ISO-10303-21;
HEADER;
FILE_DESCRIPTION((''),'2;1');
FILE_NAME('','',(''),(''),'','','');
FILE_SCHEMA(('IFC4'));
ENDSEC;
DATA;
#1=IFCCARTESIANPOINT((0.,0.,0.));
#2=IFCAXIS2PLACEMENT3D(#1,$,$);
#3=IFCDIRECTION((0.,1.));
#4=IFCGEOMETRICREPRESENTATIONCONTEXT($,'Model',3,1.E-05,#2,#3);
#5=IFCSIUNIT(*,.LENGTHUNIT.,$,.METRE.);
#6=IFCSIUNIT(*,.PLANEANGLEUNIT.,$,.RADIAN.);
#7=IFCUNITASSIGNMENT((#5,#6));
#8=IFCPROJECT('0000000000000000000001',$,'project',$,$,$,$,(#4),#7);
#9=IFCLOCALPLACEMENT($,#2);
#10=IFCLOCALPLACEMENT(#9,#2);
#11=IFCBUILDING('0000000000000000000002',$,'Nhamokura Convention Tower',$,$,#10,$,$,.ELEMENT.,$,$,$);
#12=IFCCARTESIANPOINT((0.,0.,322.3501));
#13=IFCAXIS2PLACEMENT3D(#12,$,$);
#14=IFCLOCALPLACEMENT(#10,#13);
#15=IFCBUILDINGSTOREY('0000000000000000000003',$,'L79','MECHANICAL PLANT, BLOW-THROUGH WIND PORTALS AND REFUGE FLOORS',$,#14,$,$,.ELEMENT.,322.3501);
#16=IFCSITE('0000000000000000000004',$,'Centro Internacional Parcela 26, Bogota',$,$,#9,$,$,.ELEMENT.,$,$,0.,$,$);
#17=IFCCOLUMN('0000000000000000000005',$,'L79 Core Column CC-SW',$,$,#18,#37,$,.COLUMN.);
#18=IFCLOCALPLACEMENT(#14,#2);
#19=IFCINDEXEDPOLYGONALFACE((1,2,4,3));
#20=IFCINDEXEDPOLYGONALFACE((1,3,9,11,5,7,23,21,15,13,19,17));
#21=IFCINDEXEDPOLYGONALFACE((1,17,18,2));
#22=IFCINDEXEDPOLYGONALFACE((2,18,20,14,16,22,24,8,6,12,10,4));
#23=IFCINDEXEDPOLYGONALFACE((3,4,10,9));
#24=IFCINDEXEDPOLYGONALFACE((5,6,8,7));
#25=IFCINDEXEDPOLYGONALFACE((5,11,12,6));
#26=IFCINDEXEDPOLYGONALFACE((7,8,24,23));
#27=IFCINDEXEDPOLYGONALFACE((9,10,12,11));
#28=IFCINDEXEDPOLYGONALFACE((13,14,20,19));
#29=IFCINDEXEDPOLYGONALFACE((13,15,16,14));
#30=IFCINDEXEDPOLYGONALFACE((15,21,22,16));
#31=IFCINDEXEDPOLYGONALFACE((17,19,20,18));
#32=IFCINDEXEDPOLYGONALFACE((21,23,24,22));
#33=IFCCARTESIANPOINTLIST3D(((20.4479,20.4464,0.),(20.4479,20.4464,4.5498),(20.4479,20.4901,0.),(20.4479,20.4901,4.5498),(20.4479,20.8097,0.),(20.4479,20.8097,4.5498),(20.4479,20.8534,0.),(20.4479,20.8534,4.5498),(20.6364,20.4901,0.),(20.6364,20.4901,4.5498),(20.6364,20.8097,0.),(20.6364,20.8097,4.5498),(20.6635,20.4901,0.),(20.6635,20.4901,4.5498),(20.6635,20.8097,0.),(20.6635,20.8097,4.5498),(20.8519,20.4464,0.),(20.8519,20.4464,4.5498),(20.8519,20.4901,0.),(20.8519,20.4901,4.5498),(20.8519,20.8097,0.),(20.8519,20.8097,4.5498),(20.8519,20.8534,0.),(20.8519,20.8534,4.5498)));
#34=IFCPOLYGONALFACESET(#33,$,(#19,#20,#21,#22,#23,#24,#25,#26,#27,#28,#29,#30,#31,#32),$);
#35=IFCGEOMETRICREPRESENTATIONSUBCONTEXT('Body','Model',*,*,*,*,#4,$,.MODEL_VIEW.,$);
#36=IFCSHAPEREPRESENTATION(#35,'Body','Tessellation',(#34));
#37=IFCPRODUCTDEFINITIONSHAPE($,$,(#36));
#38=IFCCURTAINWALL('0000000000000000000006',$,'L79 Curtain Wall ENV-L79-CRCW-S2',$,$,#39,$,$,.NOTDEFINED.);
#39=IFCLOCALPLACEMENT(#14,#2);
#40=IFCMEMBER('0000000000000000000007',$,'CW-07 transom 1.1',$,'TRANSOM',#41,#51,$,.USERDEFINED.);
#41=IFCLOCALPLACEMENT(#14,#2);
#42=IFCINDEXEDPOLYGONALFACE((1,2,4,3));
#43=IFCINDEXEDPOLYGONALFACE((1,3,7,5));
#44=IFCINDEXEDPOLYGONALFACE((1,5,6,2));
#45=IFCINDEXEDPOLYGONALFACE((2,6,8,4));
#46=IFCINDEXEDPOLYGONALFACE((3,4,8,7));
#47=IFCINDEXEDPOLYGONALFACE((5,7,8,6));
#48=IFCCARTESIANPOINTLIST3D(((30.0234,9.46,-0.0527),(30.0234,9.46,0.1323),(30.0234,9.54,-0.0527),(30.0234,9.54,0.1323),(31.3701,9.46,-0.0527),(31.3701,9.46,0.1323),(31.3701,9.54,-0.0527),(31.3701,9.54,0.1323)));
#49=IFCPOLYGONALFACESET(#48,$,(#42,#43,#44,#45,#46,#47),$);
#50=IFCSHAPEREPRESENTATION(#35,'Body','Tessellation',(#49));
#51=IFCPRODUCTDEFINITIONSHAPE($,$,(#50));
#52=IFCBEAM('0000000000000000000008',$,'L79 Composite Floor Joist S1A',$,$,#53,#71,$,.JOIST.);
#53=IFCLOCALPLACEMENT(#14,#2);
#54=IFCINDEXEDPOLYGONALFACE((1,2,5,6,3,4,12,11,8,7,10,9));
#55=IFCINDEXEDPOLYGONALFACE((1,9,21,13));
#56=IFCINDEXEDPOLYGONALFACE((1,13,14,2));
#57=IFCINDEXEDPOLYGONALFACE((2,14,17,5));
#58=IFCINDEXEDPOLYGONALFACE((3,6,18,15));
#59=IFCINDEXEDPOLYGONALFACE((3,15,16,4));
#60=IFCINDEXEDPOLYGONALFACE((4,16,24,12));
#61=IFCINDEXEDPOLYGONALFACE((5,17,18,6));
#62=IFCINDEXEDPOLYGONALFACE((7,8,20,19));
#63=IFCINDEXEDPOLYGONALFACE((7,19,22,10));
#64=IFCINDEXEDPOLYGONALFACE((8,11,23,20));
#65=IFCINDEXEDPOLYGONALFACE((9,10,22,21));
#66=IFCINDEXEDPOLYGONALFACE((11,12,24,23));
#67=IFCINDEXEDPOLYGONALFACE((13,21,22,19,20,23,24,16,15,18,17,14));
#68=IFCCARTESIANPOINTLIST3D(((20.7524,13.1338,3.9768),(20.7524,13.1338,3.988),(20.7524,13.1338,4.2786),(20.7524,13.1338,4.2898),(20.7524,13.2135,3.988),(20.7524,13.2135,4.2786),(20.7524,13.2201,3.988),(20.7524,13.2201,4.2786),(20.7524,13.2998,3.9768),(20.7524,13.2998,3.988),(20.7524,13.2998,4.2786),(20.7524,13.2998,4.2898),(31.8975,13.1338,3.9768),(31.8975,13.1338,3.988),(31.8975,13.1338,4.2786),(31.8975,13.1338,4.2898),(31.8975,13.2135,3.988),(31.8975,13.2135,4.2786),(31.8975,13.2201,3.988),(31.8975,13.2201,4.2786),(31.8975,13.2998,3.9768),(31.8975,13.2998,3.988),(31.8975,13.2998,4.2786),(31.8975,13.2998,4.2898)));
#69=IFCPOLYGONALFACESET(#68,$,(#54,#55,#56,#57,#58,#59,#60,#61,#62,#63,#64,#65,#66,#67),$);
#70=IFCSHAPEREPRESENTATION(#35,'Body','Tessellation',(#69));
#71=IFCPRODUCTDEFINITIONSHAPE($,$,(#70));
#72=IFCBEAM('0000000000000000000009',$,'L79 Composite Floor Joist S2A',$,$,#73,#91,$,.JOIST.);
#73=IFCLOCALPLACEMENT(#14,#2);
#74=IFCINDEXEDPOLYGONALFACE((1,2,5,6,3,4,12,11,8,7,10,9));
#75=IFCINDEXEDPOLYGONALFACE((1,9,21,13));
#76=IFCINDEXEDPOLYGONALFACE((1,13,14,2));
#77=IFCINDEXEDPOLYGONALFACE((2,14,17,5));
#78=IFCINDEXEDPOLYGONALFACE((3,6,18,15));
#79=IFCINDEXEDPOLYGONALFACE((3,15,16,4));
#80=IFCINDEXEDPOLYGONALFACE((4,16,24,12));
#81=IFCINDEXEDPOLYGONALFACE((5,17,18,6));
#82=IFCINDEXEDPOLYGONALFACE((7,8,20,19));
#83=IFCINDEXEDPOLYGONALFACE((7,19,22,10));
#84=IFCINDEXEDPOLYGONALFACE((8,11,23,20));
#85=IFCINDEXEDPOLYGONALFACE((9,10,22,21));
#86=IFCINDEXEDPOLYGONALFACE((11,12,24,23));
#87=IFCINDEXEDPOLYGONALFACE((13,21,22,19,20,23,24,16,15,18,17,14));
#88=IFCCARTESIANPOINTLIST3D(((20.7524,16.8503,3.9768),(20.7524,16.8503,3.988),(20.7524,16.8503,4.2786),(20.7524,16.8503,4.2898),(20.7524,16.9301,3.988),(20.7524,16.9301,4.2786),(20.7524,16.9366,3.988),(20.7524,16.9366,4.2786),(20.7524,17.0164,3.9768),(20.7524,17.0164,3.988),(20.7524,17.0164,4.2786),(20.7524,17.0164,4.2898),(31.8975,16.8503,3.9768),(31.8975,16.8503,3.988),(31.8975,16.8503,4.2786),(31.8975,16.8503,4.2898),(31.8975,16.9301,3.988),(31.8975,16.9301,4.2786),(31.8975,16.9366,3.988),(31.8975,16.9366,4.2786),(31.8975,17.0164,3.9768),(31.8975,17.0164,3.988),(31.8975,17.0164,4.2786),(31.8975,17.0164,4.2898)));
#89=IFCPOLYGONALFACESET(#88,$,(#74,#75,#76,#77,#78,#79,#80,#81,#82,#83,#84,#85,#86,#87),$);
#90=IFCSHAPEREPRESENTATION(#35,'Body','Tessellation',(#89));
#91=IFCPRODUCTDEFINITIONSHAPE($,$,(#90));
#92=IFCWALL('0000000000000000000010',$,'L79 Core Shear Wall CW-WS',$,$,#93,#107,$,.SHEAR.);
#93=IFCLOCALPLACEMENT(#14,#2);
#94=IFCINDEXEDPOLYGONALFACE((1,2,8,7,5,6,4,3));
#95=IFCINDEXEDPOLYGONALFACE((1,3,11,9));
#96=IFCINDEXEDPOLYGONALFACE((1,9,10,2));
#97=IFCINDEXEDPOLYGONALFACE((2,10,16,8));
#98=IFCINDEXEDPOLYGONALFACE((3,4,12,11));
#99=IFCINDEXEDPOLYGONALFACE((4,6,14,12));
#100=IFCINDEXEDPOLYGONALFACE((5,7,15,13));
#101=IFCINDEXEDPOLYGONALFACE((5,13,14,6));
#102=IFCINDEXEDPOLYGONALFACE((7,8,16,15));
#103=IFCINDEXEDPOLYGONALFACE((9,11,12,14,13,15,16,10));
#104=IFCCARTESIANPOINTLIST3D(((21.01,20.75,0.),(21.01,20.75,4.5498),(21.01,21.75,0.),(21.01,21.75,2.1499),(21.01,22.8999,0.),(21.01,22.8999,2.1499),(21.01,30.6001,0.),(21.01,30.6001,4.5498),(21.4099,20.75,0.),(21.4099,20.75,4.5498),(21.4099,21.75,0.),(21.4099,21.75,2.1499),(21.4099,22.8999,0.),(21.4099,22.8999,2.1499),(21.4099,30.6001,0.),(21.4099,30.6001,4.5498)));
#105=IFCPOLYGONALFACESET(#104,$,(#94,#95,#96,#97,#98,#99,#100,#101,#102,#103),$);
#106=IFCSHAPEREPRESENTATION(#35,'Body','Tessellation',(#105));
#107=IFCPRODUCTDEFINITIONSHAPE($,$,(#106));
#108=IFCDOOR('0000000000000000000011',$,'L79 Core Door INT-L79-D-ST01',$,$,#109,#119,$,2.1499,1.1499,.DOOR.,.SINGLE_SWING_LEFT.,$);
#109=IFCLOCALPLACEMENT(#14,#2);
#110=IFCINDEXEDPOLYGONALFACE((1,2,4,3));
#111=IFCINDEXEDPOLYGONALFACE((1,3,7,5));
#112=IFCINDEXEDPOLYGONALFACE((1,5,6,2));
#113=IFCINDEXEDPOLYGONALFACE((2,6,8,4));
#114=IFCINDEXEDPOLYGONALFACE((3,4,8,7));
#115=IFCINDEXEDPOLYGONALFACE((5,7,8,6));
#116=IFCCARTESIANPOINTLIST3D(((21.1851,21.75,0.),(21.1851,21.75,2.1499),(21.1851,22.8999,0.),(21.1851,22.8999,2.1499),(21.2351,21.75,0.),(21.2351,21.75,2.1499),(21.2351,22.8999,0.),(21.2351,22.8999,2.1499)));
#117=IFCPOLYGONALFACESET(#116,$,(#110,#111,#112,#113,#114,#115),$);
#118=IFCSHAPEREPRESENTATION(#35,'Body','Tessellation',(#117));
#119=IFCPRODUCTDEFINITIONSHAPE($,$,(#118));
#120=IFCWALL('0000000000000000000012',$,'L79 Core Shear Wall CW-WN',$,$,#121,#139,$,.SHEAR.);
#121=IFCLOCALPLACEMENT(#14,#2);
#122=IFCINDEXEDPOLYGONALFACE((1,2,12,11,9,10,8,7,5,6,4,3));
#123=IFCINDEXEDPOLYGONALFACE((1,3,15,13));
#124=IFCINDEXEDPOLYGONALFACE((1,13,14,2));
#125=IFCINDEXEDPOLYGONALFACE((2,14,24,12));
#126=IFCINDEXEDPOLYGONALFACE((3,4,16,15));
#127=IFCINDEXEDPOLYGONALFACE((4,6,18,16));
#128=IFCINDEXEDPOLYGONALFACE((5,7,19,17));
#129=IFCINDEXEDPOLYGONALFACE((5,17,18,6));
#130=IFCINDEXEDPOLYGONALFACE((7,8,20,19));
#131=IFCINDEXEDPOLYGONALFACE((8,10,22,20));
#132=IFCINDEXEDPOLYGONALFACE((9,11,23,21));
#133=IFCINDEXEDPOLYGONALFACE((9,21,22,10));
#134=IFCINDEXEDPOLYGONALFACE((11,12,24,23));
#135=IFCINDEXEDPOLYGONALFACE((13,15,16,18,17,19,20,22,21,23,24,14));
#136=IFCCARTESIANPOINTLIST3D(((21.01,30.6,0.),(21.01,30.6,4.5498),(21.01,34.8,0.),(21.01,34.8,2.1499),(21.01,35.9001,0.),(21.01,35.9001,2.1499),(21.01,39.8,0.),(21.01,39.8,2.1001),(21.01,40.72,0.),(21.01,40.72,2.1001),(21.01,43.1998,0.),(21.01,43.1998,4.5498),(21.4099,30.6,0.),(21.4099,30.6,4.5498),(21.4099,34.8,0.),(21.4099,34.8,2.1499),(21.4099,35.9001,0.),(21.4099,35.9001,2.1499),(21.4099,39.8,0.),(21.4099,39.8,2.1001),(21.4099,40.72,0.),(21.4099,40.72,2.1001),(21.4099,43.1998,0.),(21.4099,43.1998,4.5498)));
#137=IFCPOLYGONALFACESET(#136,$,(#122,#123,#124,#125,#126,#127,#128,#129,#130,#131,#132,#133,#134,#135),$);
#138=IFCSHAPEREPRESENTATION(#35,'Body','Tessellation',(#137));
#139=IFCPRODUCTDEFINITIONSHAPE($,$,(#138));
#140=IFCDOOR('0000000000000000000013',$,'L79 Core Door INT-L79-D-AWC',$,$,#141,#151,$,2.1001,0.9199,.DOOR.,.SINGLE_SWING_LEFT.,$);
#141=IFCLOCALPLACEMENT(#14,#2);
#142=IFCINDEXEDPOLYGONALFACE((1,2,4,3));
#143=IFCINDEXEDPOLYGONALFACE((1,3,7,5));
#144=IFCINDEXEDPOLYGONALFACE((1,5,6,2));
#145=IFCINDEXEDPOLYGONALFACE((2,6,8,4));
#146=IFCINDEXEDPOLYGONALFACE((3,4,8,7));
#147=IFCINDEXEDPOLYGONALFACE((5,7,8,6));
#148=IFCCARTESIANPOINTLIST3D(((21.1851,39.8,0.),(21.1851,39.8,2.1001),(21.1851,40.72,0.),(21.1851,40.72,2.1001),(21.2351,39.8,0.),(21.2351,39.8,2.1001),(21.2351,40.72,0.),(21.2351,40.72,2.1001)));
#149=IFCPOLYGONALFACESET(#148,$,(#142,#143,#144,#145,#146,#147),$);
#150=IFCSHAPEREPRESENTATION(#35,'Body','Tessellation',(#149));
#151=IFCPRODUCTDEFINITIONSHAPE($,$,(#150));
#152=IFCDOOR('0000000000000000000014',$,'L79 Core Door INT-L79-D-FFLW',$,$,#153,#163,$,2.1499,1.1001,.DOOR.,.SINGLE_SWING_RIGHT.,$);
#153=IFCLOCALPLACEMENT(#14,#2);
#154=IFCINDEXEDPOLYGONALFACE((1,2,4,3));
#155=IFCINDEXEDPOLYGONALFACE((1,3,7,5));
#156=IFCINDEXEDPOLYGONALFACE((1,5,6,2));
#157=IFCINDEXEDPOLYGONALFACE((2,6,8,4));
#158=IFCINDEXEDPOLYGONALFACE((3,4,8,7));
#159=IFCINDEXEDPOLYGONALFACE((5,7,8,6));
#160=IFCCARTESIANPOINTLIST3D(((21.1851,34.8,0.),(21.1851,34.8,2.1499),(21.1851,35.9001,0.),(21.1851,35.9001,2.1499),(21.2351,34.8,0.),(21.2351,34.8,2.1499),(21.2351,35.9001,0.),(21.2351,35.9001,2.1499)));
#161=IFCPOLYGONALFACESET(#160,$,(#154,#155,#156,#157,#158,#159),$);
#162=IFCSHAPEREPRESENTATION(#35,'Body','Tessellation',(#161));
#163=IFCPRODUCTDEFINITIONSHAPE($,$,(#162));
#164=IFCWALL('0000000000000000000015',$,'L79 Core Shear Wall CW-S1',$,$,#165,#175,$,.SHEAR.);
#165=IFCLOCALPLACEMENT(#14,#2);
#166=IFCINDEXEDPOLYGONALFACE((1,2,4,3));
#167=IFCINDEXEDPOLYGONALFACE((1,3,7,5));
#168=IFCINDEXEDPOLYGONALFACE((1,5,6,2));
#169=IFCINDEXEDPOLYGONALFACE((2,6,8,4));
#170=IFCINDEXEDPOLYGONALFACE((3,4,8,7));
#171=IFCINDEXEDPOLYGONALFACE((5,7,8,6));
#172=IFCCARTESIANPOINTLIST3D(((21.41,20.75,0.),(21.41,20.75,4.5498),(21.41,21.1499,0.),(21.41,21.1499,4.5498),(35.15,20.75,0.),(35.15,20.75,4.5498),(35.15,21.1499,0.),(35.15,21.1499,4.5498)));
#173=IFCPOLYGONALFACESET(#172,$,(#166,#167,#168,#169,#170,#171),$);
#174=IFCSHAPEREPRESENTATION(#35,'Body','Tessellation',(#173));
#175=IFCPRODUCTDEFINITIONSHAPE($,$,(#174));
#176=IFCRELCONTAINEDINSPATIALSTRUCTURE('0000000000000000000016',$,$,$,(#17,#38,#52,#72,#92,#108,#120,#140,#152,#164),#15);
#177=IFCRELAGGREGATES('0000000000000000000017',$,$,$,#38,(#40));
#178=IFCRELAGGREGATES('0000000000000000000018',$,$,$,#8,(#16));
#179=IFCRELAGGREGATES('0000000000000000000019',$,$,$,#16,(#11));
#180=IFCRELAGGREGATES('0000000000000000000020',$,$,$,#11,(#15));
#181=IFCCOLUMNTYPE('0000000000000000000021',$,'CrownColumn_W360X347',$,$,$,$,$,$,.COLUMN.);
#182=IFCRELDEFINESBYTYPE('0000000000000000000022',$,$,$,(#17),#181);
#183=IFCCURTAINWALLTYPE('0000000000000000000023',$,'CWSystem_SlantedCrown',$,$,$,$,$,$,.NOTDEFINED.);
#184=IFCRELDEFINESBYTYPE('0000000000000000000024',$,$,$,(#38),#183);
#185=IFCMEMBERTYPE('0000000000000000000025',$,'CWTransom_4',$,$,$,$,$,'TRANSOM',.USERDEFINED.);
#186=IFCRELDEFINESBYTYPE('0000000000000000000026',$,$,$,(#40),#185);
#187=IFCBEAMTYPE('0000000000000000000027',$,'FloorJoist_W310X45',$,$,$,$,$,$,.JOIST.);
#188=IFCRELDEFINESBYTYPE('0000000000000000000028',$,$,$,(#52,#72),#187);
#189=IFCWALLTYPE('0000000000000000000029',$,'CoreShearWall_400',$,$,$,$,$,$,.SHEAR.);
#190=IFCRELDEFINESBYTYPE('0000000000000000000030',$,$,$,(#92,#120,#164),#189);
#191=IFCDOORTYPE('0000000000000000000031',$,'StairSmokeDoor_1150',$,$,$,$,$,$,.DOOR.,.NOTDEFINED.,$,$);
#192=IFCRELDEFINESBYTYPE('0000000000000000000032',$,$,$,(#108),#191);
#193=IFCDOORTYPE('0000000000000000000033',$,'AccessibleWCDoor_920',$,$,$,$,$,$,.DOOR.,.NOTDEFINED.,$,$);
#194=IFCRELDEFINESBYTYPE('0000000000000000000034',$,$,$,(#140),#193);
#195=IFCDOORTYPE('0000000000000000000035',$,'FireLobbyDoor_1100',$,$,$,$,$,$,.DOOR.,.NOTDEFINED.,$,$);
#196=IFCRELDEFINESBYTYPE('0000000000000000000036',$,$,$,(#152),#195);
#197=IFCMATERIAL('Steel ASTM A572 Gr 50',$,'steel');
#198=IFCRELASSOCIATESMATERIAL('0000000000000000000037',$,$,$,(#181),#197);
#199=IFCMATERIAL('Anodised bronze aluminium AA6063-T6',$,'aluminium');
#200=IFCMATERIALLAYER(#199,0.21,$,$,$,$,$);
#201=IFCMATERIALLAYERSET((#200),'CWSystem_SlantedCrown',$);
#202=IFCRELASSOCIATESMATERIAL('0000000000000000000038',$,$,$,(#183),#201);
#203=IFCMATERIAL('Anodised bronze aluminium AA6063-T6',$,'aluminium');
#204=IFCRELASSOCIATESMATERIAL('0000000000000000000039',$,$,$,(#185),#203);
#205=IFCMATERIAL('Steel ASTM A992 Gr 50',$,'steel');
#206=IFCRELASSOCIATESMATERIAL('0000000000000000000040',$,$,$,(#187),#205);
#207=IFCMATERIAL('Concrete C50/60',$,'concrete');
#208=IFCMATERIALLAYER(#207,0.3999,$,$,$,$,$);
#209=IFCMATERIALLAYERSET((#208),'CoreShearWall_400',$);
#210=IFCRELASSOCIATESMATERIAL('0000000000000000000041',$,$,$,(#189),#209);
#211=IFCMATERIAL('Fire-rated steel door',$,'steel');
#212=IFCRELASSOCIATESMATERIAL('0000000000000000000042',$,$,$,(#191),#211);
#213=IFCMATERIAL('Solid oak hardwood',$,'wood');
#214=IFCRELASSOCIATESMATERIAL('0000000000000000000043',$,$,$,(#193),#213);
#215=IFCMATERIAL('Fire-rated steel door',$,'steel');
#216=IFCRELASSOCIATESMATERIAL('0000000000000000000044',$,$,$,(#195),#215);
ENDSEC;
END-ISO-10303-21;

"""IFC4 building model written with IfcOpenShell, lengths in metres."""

from ifc_helpers import new_model, si_unit, direction, frame, frame_2d, origin, origin_2d, place, context, subcontext, project, spatial, rectangle, i_section, extrude, material, layer, layer_set, material_profile, profile_set, type_object, element, fill, aggregate, save


model = new_model("IFC4")

# Units and contexts
model_context = context("Model", 3, precision=1e-05, world=origin(), true_north=direction((0.0, 1.0)))
body_context = subcontext(model_context, "Body", "Model", "MODEL_VIEW")
ifc_project = project(units=[si_unit("LENGTHUNIT", "METRE"), si_unit("PLANEANGLEUNIT", "RADIAN")], contexts=[model_context])

# Site, building, storey
site_placement = place(None, origin())
site = spatial("IfcSite", under=ifc_project, at=site_placement, Name="Centro Internacional Parcela 26, Bogota", CompositionType="ELEMENT", RefElevation=0.0)
building_placement = place(site_placement, origin())
building = spatial("IfcBuilding", under=site, at=building_placement, Name="Nhamokura Convention Tower", CompositionType="ELEMENT")
storey_placement = place(building_placement, frame((0.0, 0.0, 322.3501)))
storey = spatial("IfcBuildingStorey", under=building, at=storey_placement, Name="L79", Description="MECHANICAL PLANT, BLOW-THROUGH WIND PORTALS AND REFUGE FLOORS", CompositionType="ELEMENT", Elevation=322.3501)

# Column
ifc_material_1 = material(Name="Steel ASTM A572 Gr 50", Category="steel")
ifc_material_profile_1 = material_profile(ifc_material_1, i_section(OverallWidth=0.4041, OverallDepth=0.407, WebThickness=0.0271, FlangeThickness=0.0437, at=origin_2d()))
ifc_profile_set_1 = profile_set([ifc_material_profile_1], Name="Steel ASTM A572 Gr 50")
column_type = type_object("IfcColumnType", Name="CrownColumn_W360X347", PredefinedType="COLUMN", material=ifc_profile_set_1)
column_placement = place(storey_placement, frame((20.6499, 20.6499, 0.0), z_axis=(0.0, 0.0, 1.0), x_axis=(1.0, 0.0, 0.0)))
element("IfcColumn", 1, at=column_placement, inside=storey, type_object=column_type, Name="L79 Core Column CC-SW", PredefinedType="COLUMN", context=body_context, shape_type="SweptSolid", body=[
    extrude(i_section(OverallWidth=0.4041, OverallDepth=0.407, WebThickness=0.0271, FlangeThickness=0.0437, at=origin_2d()), origin(), (0.0, 0.0, 1.0), 4.5498),
])

# Curtain wall, member
ifc_material_2 = material(Name="Anodised bronze aluminium AA6063-T6", Category="aluminium")
ifc_layer_1 = layer(ifc_material_2, 0.21)
ifc_layer_set_1 = layer_set([ifc_layer_1], Name="CWSystem_SlantedCrown")
curtain_wall_type = type_object("IfcCurtainWallType", Name="CWSystem_SlantedCrown", PredefinedType="NOTDEFINED", material=ifc_layer_set_1)
curtain_wall_placement = place(storey_placement, origin())
curtain_wall = element("IfcCurtainWall", 2, at=curtain_wall_placement, inside=storey, type_object=curtain_wall_type, Name="L79 Curtain Wall ENV-L79-CRCW-S2", PredefinedType="NOTDEFINED")
ifc_material_3 = material(Name="Anodised bronze aluminium AA6063-T6", Category="aluminium")
ifc_material_profile_2 = material_profile(ifc_material_3, rectangle(XDim=0.0801, YDim=0.1851, at=origin_2d()))
ifc_profile_set_2 = profile_set([ifc_material_profile_2], Name="Anodised bronze aluminium AA6063-T6")
member_type = type_object("IfcMemberType", Name="CWTransom_4", ElementType="TRANSOM", PredefinedType="USERDEFINED", material=ifc_profile_set_2)
member_placement = place(storey_placement, frame((31.3701, 9.5, 0.0398), z_axis=(-1.0, 0.0, 0.0), x_axis=(0.0, -1.0, 0.0)))
member = element("IfcMember", 3, at=member_placement, type_object=member_type, Name="CW-07 transom 1.1", ObjectType="TRANSOM", PredefinedType="USERDEFINED", context=body_context, shape_type="SweptSolid", body=[
    extrude(rectangle(XDim=0.0801, YDim=0.1851, at=origin_2d()), origin(), (0.0, 0.0, 1.0), 1.3467),
])
aggregate(curtain_wall, [member])

# Beams
ifc_material_4 = material(Name="Steel ASTM A992 Gr 50", Category="steel")
ifc_material_profile_3 = material_profile(ifc_material_4, i_section(OverallWidth=0.166, OverallDepth=0.313, WebThickness=0.0066, FlangeThickness=0.0112, at=origin_2d()))
ifc_profile_set_3 = profile_set([ifc_material_profile_3], Name="Steel ASTM A992 Gr 50")
beam_type = type_object("IfcBeamType", Name="FloorJoist_W310X45", PredefinedType="JOIST", material=ifc_profile_set_3)
for number, where, z_axis, x_axis, name in (
    (4, (20.7524, 13.2168, 4.1333), (1.0, 0.0, 0.0), (0.0, 1.0, 0.0), "L79 Composite Floor Joist S1A"),
    (5, (20.7524, 16.9333, 4.1333), (1.0, 0.0, 0.0), (0.0, 1.0, 0.0), "L79 Composite Floor Joist S2A"),
):
    element("IfcBeam", number, at=place(storey_placement, frame(where, z_axis=z_axis, x_axis=x_axis)), inside=storey, type_object=beam_type, Name=name, PredefinedType="JOIST", context=body_context, shape_type="SweptSolid", body=[
        extrude(i_section(OverallWidth=0.166, OverallDepth=0.313, WebThickness=0.0066, FlangeThickness=0.0112, at=origin_2d()), origin(), (0.0, 0.0, 1.0), 11.145),
    ])

# Wall, opening, door
ifc_material_5 = material(Name="Concrete C50/60", Category="concrete")
ifc_layer_2 = layer(ifc_material_5, 0.3999)
ifc_layer_set_2 = layer_set([ifc_layer_2], Name="CoreShearWall_400")
wall_type_1 = type_object("IfcWallType", Name="CoreShearWall_400", PredefinedType="SHEAR", material=ifc_layer_set_2)
wall_1_placement = place(storey_placement, frame((21.21, 20.75, 0.0), z_axis=(0.0, 0.0, 1.0), x_axis=(0.0, 1.0, 0.0)))
wall_1 = element("IfcWall", 6, at=wall_1_placement, inside=storey, type_object=wall_type_1, Name="L79 Core Shear Wall CW-WS", PredefinedType="SHEAR", context=body_context, shape_type="SweptSolid", body=[
    extrude(rectangle(XDim=9.8501, YDim=0.3999, at=frame_2d((4.925, 0.0))), origin(), (0.0, 0.0, 1.0), 4.5498),
])
opening_1_placement = place(wall_1_placement, frame((1.0, 0.0, 0.0)))
opening_1 = element("IfcOpeningElement", 7, at=opening_1_placement, cuts=wall_1, PredefinedType="OPENING", context=body_context, shape_type="SweptSolid", body=[
    extrude(rectangle(XDim=1.1499, YDim=2.1499, at=frame_2d((0.575, 1.075))), frame((0.0, 0.21, 0.0), z_axis=(0.0, -1.0, 0.0), x_axis=(1.0, 0.0, 0.0)), (0.0, 0.0, 1.0), 0.4199),
])
ifc_material_6 = material(Name="Fire-rated steel door", Category="steel")
door_type_1 = type_object("IfcDoorType", Name="StairSmokeDoor_1150", OperationType="NOTDEFINED", PredefinedType="DOOR", material=ifc_material_6)
door_1_placement = place(opening_1_placement, origin())
door_1 = element("IfcDoor", 8, at=door_1_placement, inside=storey, type_object=door_type_1, Name="L79 Core Door INT-L79-D-ST01", OperationType="SINGLE_SWING_LEFT", OverallHeight=2.1499, OverallWidth=1.1499, PredefinedType="DOOR", context=body_context, shape_type="SweptSolid", body=[
    extrude(rectangle(XDim=1.1499, YDim=2.1499, at=frame_2d((0.575, 1.075))), frame((0.0, 0.0249, 0.0), z_axis=(0.0, -1.0, 0.0), x_axis=(1.0, 0.0, 0.0)), (0.0, 0.0, 1.0), 0.05),
])
fill(opening_1, door_1)

# Wall, openings, doors
wall_2_placement = place(storey_placement, frame((21.21, 30.6001, 0.0), z_axis=(0.0, 0.0, 1.0), x_axis=(0.0, 1.0, 0.0)))
wall_2 = element("IfcWall", 9, at=wall_2_placement, inside=storey, type_object=wall_type_1, Name="L79 Core Shear Wall CW-WN", PredefinedType="SHEAR", context=body_context, shape_type="SweptSolid", body=[
    extrude(rectangle(XDim=12.5999, YDim=0.3999, at=frame_2d((6.2998, 0.0))), origin(), (0.0, 0.0, 1.0), 4.5498),
])
opening_2_placement = place(wall_2_placement, frame((4.2, 0.0, 0.0)))
opening_2 = element("IfcOpeningElement", 10, at=opening_2_placement, cuts=wall_2, PredefinedType="OPENING", context=body_context, shape_type="SweptSolid", body=[
    extrude(rectangle(XDim=1.1001, YDim=2.1499, at=frame_2d((0.55, 1.075))), frame((0.0, 0.21, 0.0), z_axis=(0.0, -1.0, 0.0), x_axis=(1.0, 0.0, 0.0)), (0.0, 0.0, 1.0), 0.4199),
])
opening_3_placement = place(wall_2_placement, frame((9.2, 0.0, 0.0)))
opening_3 = element("IfcOpeningElement", 11, at=opening_3_placement, cuts=wall_2, PredefinedType="OPENING", context=body_context, shape_type="SweptSolid", body=[
    extrude(rectangle(XDim=0.9199, YDim=2.1001, at=frame_2d((0.46, 1.05))), frame((0.0, 0.21, 0.0), z_axis=(0.0, -1.0, 0.0), x_axis=(1.0, 0.0, 0.0)), (0.0, 0.0, 1.0), 0.4199),
])
ifc_material_7 = material(Name="Solid oak hardwood", Category="wood")
door_type_2 = type_object("IfcDoorType", Name="AccessibleWCDoor_920", OperationType="NOTDEFINED", PredefinedType="DOOR", material=ifc_material_7)
door_2_placement = place(opening_3_placement, origin())
door_2 = element("IfcDoor", 12, at=door_2_placement, inside=storey, type_object=door_type_2, Name="L79 Core Door INT-L79-D-AWC", OperationType="SINGLE_SWING_LEFT", OverallHeight=2.1001, OverallWidth=0.9199, PredefinedType="DOOR", context=body_context, shape_type="SweptSolid", body=[
    extrude(rectangle(XDim=0.9199, YDim=2.1001, at=frame_2d((0.46, 1.05))), frame((0.0, 0.0249, 0.0), z_axis=(0.0, -1.0, 0.0), x_axis=(1.0, 0.0, 0.0)), (0.0, 0.0, 1.0), 0.05),
])
fill(opening_3, door_2)
ifc_material_8 = material(Name="Fire-rated steel door", Category="steel")
door_type_3 = type_object("IfcDoorType", Name="FireLobbyDoor_1100", OperationType="NOTDEFINED", PredefinedType="DOOR", material=ifc_material_8)
door_3_placement = place(opening_2_placement, origin())
door_3 = element("IfcDoor", 13, at=door_3_placement, inside=storey, type_object=door_type_3, Name="L79 Core Door INT-L79-D-FFLW", OperationType="SINGLE_SWING_RIGHT", OverallHeight=2.1499, OverallWidth=1.1001, PredefinedType="DOOR", context=body_context, shape_type="SweptSolid", body=[
    extrude(rectangle(XDim=1.1001, YDim=2.1499, at=frame_2d((0.55, 1.075))), frame((0.0, 0.0249, 0.0), z_axis=(0.0, -1.0, 0.0), x_axis=(1.0, 0.0, 0.0)), (0.0, 0.0, 1.0), 0.05),
])
fill(opening_2, door_3)

# Wall
wall_3_placement = place(storey_placement, frame((21.4099, 20.95, 0.0), z_axis=(0.0, 0.0, 1.0), x_axis=(1.0, 0.0, 0.0)))
element("IfcWall", 14, at=wall_3_placement, inside=storey, type_object=wall_type_1, Name="L79 Core Shear Wall CW-S1", PredefinedType="SHEAR", context=body_context, shape_type="SweptSolid", body=[
    extrude(rectangle(XDim=13.74, YDim=0.3999, at=frame_2d((6.8701, 0.0))), origin(), (0.0, 0.0, 1.0), 4.5498),
])

save(model, "model.ifc")
